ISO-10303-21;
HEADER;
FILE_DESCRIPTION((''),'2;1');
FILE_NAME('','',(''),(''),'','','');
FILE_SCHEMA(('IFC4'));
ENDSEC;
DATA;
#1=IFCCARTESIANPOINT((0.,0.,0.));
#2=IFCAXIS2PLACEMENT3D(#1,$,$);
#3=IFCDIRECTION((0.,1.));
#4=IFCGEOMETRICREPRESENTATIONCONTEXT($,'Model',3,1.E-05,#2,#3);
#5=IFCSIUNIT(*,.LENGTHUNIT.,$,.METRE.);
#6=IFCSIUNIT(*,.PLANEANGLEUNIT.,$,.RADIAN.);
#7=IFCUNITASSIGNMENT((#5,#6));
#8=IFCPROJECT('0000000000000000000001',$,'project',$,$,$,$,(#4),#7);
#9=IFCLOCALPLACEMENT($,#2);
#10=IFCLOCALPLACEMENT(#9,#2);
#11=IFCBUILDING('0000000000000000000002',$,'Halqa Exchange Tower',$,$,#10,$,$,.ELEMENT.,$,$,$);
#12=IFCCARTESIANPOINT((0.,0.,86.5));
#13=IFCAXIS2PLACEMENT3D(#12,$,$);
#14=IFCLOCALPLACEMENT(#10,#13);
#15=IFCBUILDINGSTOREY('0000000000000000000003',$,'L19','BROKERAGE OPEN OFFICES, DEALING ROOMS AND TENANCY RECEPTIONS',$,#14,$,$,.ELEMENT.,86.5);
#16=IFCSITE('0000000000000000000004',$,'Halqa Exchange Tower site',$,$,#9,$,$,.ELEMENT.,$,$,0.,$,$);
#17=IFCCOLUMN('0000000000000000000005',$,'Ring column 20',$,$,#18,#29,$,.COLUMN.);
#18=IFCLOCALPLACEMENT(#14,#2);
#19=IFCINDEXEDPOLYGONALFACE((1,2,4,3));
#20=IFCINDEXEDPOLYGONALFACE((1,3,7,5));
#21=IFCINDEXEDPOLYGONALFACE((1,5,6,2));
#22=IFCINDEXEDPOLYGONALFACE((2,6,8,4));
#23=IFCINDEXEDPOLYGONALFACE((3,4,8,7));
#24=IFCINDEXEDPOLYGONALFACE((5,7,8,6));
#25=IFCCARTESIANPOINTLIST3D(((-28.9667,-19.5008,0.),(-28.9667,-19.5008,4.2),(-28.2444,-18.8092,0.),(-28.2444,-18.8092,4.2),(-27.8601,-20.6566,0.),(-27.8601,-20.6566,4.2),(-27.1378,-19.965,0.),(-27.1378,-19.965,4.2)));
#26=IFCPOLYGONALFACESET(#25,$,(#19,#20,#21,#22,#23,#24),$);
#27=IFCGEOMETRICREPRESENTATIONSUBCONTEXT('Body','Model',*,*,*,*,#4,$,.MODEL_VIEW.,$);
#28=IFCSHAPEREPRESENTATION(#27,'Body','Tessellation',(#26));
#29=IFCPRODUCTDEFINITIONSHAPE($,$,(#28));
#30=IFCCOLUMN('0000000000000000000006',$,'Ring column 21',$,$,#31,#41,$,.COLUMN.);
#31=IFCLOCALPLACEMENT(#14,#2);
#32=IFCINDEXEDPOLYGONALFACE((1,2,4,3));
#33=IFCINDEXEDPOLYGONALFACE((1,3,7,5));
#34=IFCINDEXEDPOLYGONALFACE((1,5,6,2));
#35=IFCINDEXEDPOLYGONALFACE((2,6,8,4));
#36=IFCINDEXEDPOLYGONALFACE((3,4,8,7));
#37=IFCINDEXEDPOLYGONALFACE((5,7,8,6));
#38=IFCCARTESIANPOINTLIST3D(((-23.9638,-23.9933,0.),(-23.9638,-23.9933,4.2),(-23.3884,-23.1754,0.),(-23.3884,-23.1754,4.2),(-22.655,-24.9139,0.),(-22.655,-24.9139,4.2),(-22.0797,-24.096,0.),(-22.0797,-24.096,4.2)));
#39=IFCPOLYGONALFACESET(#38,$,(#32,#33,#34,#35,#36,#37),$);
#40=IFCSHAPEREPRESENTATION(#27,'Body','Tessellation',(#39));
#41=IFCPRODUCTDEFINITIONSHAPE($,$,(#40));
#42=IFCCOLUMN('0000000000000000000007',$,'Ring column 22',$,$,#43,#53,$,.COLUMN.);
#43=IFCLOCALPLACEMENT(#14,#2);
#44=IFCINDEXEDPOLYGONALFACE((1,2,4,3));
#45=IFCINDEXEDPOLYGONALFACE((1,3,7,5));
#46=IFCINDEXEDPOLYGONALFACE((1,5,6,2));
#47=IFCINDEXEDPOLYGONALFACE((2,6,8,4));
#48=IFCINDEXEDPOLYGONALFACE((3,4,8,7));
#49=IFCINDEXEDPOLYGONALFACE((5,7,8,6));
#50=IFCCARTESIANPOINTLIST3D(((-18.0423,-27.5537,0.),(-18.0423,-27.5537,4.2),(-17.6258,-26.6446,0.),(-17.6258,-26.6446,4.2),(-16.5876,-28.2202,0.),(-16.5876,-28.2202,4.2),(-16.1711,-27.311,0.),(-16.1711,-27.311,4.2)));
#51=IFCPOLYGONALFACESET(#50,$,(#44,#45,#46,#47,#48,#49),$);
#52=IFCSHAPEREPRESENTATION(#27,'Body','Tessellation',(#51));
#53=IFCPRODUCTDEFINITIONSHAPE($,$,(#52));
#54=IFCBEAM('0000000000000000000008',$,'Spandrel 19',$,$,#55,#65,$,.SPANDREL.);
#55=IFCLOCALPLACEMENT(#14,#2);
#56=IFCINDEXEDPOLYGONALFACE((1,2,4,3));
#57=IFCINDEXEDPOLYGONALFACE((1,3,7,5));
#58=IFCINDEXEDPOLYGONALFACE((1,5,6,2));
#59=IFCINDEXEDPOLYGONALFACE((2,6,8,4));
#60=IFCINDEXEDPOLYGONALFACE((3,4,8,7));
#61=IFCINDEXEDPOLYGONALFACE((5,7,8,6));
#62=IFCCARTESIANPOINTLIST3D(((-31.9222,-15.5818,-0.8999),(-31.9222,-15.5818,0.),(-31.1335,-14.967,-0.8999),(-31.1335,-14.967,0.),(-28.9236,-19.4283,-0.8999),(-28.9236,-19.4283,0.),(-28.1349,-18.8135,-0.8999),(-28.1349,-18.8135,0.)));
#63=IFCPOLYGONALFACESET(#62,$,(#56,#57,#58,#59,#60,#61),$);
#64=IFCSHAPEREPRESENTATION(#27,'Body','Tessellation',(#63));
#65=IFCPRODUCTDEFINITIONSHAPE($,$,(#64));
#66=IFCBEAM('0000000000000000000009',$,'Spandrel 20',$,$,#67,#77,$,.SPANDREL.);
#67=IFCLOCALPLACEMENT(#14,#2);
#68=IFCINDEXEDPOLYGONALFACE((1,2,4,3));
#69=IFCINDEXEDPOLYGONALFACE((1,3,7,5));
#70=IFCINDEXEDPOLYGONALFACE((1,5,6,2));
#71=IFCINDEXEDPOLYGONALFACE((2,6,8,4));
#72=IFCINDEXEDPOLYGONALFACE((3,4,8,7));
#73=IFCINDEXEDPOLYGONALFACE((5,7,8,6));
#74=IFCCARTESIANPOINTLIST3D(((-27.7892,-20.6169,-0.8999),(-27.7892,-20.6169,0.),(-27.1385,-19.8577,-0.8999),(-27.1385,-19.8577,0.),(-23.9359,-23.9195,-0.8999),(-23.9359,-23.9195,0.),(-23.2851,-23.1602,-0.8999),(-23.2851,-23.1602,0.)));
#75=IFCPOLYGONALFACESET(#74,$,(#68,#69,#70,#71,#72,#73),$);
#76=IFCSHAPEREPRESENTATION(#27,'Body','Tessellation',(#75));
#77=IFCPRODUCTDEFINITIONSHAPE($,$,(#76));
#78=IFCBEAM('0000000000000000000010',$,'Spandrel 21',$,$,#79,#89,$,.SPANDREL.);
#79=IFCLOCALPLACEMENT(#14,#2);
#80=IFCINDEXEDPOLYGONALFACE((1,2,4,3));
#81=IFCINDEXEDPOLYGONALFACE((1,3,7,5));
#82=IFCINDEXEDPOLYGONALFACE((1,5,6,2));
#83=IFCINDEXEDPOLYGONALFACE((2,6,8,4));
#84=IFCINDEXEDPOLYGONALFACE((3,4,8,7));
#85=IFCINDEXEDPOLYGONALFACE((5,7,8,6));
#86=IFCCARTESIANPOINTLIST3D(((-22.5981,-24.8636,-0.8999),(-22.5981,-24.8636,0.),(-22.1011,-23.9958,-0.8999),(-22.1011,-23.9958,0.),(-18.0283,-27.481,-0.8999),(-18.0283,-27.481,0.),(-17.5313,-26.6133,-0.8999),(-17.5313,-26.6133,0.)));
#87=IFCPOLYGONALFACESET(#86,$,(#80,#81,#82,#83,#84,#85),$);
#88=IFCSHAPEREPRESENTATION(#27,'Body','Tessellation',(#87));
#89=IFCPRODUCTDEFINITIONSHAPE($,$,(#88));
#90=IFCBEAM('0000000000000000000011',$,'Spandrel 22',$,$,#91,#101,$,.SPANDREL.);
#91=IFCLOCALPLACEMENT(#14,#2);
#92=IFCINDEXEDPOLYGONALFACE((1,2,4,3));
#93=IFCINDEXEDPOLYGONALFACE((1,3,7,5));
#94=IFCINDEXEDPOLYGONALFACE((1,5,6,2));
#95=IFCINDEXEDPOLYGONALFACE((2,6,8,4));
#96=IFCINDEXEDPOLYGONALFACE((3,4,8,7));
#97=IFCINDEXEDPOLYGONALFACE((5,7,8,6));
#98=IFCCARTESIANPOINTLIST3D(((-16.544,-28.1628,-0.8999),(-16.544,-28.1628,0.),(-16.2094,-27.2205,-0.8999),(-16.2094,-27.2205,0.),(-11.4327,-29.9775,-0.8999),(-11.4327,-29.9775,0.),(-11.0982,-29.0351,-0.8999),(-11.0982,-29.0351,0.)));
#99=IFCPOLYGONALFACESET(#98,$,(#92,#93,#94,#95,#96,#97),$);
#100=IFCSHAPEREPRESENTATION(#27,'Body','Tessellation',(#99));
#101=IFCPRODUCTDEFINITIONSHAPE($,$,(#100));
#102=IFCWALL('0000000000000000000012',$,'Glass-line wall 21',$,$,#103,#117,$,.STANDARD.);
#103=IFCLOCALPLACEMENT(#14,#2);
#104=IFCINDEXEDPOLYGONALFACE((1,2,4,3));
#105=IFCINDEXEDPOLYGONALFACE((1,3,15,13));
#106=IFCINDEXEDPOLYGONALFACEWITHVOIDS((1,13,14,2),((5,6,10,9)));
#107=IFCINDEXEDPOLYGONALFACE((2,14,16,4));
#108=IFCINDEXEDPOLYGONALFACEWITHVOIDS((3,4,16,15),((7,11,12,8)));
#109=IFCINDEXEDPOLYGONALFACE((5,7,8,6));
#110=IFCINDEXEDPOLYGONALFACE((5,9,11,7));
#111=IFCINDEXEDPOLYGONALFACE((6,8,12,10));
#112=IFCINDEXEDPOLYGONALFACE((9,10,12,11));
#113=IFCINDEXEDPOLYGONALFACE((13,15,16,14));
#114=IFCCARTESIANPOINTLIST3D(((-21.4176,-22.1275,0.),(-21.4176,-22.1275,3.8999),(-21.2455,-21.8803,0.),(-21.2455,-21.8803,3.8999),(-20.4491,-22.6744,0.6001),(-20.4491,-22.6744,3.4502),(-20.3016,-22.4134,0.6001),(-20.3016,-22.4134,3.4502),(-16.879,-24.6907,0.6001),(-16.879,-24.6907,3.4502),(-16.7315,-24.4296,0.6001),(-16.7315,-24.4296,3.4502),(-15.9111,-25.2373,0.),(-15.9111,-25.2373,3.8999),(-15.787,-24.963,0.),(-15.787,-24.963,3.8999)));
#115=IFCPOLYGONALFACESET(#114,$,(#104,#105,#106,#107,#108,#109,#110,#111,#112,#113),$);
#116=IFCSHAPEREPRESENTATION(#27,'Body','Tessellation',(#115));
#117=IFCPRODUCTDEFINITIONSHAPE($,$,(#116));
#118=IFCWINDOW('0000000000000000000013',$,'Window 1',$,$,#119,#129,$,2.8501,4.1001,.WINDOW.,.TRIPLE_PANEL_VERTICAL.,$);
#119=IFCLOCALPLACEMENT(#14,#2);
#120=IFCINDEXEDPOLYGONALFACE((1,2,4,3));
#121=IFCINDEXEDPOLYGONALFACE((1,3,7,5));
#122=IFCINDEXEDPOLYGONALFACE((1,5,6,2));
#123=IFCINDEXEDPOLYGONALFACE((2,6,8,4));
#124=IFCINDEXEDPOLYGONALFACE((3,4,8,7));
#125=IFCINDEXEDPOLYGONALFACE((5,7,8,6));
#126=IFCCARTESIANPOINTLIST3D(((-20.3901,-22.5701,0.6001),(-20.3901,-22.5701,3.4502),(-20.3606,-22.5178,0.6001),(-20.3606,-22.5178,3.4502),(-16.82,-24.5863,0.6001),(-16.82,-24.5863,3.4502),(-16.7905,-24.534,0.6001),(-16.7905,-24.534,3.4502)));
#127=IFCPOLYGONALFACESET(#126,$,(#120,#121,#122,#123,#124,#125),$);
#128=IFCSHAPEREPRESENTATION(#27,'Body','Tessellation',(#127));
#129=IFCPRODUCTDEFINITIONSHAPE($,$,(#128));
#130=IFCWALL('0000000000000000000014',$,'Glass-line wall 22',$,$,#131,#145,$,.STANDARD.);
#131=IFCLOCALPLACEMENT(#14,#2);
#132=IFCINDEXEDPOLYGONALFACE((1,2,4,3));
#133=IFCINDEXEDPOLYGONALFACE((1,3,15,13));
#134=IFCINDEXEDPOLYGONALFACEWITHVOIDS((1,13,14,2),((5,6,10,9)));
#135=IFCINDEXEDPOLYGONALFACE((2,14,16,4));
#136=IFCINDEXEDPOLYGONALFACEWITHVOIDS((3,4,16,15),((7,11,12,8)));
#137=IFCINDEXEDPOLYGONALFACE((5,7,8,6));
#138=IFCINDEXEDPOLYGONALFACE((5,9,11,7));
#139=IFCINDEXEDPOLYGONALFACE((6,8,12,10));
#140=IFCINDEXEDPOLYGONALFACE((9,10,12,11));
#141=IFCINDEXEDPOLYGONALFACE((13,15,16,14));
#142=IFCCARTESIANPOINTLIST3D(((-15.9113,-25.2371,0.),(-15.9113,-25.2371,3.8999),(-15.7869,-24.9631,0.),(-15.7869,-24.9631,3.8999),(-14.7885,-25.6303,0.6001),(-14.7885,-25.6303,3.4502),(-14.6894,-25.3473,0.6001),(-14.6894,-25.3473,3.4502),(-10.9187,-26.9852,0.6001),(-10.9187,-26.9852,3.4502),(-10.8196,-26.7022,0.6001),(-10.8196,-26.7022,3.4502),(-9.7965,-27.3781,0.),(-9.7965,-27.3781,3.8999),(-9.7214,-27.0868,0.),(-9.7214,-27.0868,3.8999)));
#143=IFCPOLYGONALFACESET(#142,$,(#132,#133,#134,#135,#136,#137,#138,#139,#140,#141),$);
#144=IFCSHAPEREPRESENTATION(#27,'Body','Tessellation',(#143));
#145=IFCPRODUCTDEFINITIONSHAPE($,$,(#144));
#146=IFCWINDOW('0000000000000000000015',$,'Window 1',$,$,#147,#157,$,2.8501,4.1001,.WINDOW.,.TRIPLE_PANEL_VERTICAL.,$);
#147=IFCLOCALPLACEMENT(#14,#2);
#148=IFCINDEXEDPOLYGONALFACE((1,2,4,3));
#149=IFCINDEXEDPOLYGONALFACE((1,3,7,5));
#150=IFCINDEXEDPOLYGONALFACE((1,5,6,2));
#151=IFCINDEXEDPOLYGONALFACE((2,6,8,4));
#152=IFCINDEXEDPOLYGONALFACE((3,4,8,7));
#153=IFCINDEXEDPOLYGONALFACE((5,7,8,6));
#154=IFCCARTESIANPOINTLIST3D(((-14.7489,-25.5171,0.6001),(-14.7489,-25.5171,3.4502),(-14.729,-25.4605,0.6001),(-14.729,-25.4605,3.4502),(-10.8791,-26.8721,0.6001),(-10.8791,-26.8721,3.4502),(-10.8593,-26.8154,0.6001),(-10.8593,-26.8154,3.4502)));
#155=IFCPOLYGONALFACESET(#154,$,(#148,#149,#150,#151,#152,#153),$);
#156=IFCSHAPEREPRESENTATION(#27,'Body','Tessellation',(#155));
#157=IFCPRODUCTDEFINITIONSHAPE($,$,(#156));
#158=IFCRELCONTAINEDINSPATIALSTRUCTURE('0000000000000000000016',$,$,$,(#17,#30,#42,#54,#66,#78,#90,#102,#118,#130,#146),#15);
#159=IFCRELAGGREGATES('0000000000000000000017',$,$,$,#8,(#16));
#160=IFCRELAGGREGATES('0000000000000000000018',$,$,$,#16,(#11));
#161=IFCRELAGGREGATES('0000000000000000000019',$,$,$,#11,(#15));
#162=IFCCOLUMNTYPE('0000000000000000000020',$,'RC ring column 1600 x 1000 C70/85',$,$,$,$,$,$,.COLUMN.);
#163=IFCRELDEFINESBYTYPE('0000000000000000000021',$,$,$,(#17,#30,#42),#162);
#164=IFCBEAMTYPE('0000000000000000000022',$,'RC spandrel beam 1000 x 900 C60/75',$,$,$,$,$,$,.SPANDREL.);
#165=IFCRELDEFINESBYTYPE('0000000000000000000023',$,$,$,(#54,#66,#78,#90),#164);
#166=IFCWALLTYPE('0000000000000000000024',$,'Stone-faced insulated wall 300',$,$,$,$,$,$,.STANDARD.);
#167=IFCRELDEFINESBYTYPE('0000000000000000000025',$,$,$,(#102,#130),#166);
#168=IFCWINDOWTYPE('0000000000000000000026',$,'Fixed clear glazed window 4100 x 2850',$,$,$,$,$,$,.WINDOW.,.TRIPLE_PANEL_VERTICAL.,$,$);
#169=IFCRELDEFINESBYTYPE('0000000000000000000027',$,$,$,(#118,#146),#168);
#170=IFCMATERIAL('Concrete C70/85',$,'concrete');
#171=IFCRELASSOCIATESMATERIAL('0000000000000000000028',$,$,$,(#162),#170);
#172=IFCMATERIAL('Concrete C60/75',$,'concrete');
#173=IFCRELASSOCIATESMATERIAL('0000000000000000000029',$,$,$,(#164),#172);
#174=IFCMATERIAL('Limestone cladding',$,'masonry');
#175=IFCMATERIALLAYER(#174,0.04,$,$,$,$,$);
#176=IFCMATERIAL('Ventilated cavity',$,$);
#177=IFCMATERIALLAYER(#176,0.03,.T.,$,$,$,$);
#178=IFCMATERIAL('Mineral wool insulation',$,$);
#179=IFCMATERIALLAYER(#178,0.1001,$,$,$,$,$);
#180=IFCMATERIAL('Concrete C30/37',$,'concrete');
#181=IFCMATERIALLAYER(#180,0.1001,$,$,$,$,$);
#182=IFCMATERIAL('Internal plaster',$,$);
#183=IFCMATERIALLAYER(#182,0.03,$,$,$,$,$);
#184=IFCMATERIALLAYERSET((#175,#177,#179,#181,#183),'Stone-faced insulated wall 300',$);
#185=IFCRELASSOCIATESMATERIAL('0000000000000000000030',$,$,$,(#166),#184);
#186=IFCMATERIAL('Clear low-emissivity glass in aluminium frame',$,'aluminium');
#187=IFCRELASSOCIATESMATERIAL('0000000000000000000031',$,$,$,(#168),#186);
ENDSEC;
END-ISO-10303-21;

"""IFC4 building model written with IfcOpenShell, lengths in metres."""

from ifc_helpers import new_model, si_unit, direction, frame, frame_2d, origin, origin_2d, place, context, subcontext, project, spatial, polyline, rectangle, outline, extrude, material, layer, layer_set, material_profile, profile_set, type_object, element, fill, save


model = new_model("IFC4")

# Units and contexts
model_context = context("Model", 3, precision=1e-05, world=origin(), true_north=direction((0.0, 1.0)))
body_context = subcontext(model_context, "Body", "Model", "MODEL_VIEW")
ifc_project = project(units=[si_unit("LENGTHUNIT", "METRE"), si_unit("PLANEANGLEUNIT", "RADIAN")], contexts=[model_context])

# Site, building, storey
site_placement = place(None, origin())
site = spatial("IfcSite", under=ifc_project, at=site_placement, Name="Halqa Exchange Tower site", CompositionType="ELEMENT", RefElevation=0.0)
building_placement = place(site_placement, origin())
building = spatial("IfcBuilding", under=site, at=building_placement, Name="Halqa Exchange Tower", CompositionType="ELEMENT")
storey_placement = place(building_placement, frame((0.0, 0.0, 86.5)))
storey = spatial("IfcBuildingStorey", under=building, at=storey_placement, Name="L19", Description="BROKERAGE OPEN OFFICES, DEALING ROOMS AND TENANCY RECEPTIONS", CompositionType="ELEMENT", Elevation=86.5)

# Columns
ifc_material_1 = material(Name="Concrete C70/85", Category="concrete")
ifc_material_profile_1 = material_profile(ifc_material_1, rectangle(XDim=1.6001, YDim=1.0, at=origin_2d()), Name="1600 x 1000")
ifc_profile_set_1 = profile_set([ifc_material_profile_1], Name="Concrete C70/85")
column_type = type_object("IfcColumnType", Name="RC ring column 1600 x 1000 C70/85", PredefinedType="COLUMN", material=ifc_profile_set_1)
for number, where, z_axis, x_axis, name in (
    (1, (-28.0522, -19.7329, 0.0), (0.0, 0.0, 1.0), (0.691576, -0.722304, 0.0), "Ring column 20"),
    (2, (-23.0217, -24.0447, 0.0), (0.0, 0.0, 1.0), (0.817909, -0.575348, 0.0), "Ring column 21"),
    (3, (-17.1067, -27.4324, 0.0), (0.0, 0.0, 1.0), (0.909126, -0.41652, 0.0), "Ring column 22"),
):
    element("IfcColumn", number, at=place(storey_placement, frame(where, z_axis=z_axis, x_axis=x_axis)), inside=storey, type_object=column_type, Name=name, PredefinedType="COLUMN", context=body_context, shape_type="SweptSolid", body=[
        extrude(rectangle(XDim=1.6001, YDim=1.0, at=origin_2d()), origin(), (0.0, 0.0, 1.0), 4.2),
    ])

# Beams
ifc_material_2 = material(Name="Concrete C60/75", Category="concrete")
ifc_material_profile_2 = material_profile(ifc_material_2, rectangle(XDim=1.0, YDim=0.8999, at=origin_2d()), Name="1000 x 900")
ifc_profile_set_2 = profile_set([ifc_material_profile_2], Name="Concrete C60/75")
beam_type = type_object("IfcBeamType", Name="RC spandrel beam 1000 x 900 C60/75", PredefinedType="SPANDREL", material=ifc_profile_set_2)
beam_1_placement = place(storey_placement, frame((-31.5278, -15.2744, -0.45), z_axis=(0.614817, -0.78867, 0.0), x_axis=(0.78867, 0.614817, 0.0)))
element("IfcBeam", 4, at=beam_1_placement, inside=storey, type_object=beam_type, Name="Spandrel 19", PredefinedType="SPANDREL", context=body_context, shape_type="SweptSolid", body=[
    extrude(rectangle(XDim=1.0, YDim=0.8999, at=origin_2d()), origin(), (0.0, 0.0, 1.0), 4.8772),
])
beam_2_placement = place(storey_placement, frame((-27.4639, -20.2373, -0.45), z_axis=(0.759287, -0.650756, 0.0), x_axis=(0.650756, 0.759287, 0.0)))
element("IfcBeam", 5, at=beam_2_placement, inside=storey, type_object=beam_type, Name="Spandrel 20", PredefinedType="SPANDREL", context=body_context, shape_type="SweptSolid", body=[
    extrude(rectangle(XDim=1.0, YDim=0.8999, at=origin_2d()), origin(), (0.0, 0.0, 1.0), 5.075),
])
beam_3_placement = place(storey_placement, frame((-22.3496, -24.4297, -0.45), z_axis=(0.867743, -0.497012, 0.0), x_axis=(0.497012, 0.867743, 0.0)))
element("IfcBeam", 6, at=beam_3_placement, inside=storey, type_object=beam_type, Name="Spandrel 21", PredefinedType="SPANDREL", context=body_context, shape_type="SweptSolid", body=[
    extrude(rectangle(XDim=1.0, YDim=0.8999, at=origin_2d()), origin(), (0.0, 0.0, 1.0), 5.2664),
])
beam_4_placement = place(storey_placement, frame((-16.3767, -27.6917, -0.45), z_axis=(0.94237, -0.334574, 0.0), x_axis=(0.334574, 0.94237, 0.0)))
element("IfcBeam", 7, at=beam_4_placement, inside=storey, type_object=beam_type, Name="Spandrel 22", PredefinedType="SPANDREL", context=body_context, shape_type="SweptSolid", body=[
    extrude(rectangle(XDim=1.0, YDim=0.8999, at=origin_2d()), origin(), (0.0, 0.0, 1.0), 5.4238),
])

# Shared definitions
ifc_material_3 = material(Name="Limestone cladding", Category="masonry")
ifc_layer_1 = layer(ifc_material_3, 0.04)
ifc_material_4 = material(Name="Ventilated cavity")
ifc_layer_2 = layer(ifc_material_4, 0.03, ventilated=True)
ifc_material_5 = material(Name="Mineral wool insulation")
ifc_layer_3 = layer(ifc_material_5, 0.1001)
ifc_material_6 = material(Name="Concrete C30/37", Category="concrete")
ifc_layer_4 = layer(ifc_material_6, 0.1001)
ifc_material_7 = material(Name="Internal plaster")
ifc_layer_5 = layer(ifc_material_7, 0.03)
ifc_layer_set_1 = layer_set([ifc_layer_1, ifc_layer_2, ifc_layer_3, ifc_layer_4, ifc_layer_5], Name="Stone-faced insulated wall 300")
wall_type_1 = type_object("IfcWallType", Name="Stone-faced insulated wall 300", PredefinedType="STANDARD", material=ifc_layer_set_1)
ifc_material_8 = material(Name="Clear low-emissivity glass in aluminium frame", Category="aluminium")

# Walls, openings, windows
wall_1_placement = place(storey_placement, frame((-21.3315, -22.0039, 0.0), z_axis=(0.0, 0.0, 1.0), x_axis=(0.870738, -0.491748, 0.0)))
wall_1 = element("IfcWall", 8, at=wall_1_placement, inside=storey, type_object=wall_type_1, Name="Glass-line wall 21", PredefinedType="STANDARD", context=body_context, shape_type="SweptSolid", body=[
    extrude(outline(polyline([(-0.0142, -0.1499), (6.3098, -0.1499), (6.283, 0.1499), (0.0142, 0.1499), (-0.0142, -0.1499)])), origin(), (0.0, 0.0, 1.0), 3.8999),
])
opening_1_placement = place(wall_1_placement, frame((1.0981, 0.0, 0.6001)))
opening_1 = element("IfcOpeningElement", 9, at=opening_1_placement, cuts=wall_1, PredefinedType="OPENING", context=body_context, shape_type="SweptSolid", body=[
    extrude(rectangle(XDim=4.1001, YDim=2.8501, at=frame_2d((2.05, 1.425))), frame((0.0, 0.1621, 0.0), z_axis=(0.0, -1.0, 0.0), x_axis=(1.0, 0.0, 0.0)), (0.0, 0.0, 1.0), 0.324),
])
window_type = type_object("IfcWindowType", Name="Fixed clear glazed window 4100 x 2850", PartitioningType="TRIPLE_PANEL_VERTICAL", PredefinedType="WINDOW", material=ifc_material_8)
window_1_placement = place(opening_1_placement, origin())
window_1 = element("IfcWindow", 10, at=window_1_placement, inside=storey, type_object=window_type, Name="Window 1", OverallHeight=2.8501, OverallWidth=4.1001, PartitioningType="TRIPLE_PANEL_VERTICAL", PredefinedType="WINDOW", context=body_context, shape_type="SweptSolid", body=[
    extrude(rectangle(XDim=4.1001, YDim=2.8501, at=frame_2d((2.05, 1.425))), frame((0.0, 0.03, 0.0), z_axis=(0.0, -1.0, 0.0), x_axis=(1.0, 0.0, 0.0)), (0.0, 0.0, 1.0), 0.0601),
])
fill(opening_1, window_1)
wall_2_placement = place(storey_placement, frame((-15.8491, -25.1001, 0.0), z_axis=(0.0, 0.0, 1.0), x_axis=(0.94382, -0.33046, 0.0)))
wall_2 = element("IfcWall", 11, at=wall_2_placement, inside=storey, type_object=wall_type_1, Name="Glass-line wall 22", PredefinedType="STANDARD", context=body_context, shape_type="SweptSolid", body=[
    extrude(outline(polyline([(-0.0134, -0.1499), (6.4653, -0.1499), (6.4399, 0.1499), (0.0134, 0.1499), (-0.0134, -0.1499)])), origin(), (0.0, 0.0, 1.0), 3.8999),
])
opening_2_placement = place(wall_2_placement, frame((1.1763, 0.0, 0.6001)))
opening_2 = element("IfcOpeningElement", 12, at=opening_2_placement, cuts=wall_2, PredefinedType="OPENING", context=body_context, shape_type="SweptSolid", body=[
    extrude(rectangle(XDim=4.1001, YDim=2.8501, at=frame_2d((2.05, 1.425))), frame((0.0, 0.1621, 0.0), z_axis=(0.0, -1.0, 0.0), x_axis=(1.0, 0.0, 0.0)), (0.0, 0.0, 1.0), 0.324),
])
window_2_placement = place(opening_2_placement, origin())
window_2 = element("IfcWindow", 13, at=window_2_placement, inside=storey, type_object=window_type, Name="Window 1", OverallHeight=2.8501, OverallWidth=4.1001, PartitioningType="TRIPLE_PANEL_VERTICAL", PredefinedType="WINDOW", context=body_context, shape_type="SweptSolid", body=[
    extrude(rectangle(XDim=4.1001, YDim=2.8501, at=frame_2d((2.05, 1.425))), frame((0.0, 0.03, 0.0), z_axis=(0.0, -1.0, 0.0), x_axis=(1.0, 0.0, 0.0)), (0.0, 0.0, 1.0), 0.0601),
])
fill(opening_2, window_2)

save(model, "model.ifc")
